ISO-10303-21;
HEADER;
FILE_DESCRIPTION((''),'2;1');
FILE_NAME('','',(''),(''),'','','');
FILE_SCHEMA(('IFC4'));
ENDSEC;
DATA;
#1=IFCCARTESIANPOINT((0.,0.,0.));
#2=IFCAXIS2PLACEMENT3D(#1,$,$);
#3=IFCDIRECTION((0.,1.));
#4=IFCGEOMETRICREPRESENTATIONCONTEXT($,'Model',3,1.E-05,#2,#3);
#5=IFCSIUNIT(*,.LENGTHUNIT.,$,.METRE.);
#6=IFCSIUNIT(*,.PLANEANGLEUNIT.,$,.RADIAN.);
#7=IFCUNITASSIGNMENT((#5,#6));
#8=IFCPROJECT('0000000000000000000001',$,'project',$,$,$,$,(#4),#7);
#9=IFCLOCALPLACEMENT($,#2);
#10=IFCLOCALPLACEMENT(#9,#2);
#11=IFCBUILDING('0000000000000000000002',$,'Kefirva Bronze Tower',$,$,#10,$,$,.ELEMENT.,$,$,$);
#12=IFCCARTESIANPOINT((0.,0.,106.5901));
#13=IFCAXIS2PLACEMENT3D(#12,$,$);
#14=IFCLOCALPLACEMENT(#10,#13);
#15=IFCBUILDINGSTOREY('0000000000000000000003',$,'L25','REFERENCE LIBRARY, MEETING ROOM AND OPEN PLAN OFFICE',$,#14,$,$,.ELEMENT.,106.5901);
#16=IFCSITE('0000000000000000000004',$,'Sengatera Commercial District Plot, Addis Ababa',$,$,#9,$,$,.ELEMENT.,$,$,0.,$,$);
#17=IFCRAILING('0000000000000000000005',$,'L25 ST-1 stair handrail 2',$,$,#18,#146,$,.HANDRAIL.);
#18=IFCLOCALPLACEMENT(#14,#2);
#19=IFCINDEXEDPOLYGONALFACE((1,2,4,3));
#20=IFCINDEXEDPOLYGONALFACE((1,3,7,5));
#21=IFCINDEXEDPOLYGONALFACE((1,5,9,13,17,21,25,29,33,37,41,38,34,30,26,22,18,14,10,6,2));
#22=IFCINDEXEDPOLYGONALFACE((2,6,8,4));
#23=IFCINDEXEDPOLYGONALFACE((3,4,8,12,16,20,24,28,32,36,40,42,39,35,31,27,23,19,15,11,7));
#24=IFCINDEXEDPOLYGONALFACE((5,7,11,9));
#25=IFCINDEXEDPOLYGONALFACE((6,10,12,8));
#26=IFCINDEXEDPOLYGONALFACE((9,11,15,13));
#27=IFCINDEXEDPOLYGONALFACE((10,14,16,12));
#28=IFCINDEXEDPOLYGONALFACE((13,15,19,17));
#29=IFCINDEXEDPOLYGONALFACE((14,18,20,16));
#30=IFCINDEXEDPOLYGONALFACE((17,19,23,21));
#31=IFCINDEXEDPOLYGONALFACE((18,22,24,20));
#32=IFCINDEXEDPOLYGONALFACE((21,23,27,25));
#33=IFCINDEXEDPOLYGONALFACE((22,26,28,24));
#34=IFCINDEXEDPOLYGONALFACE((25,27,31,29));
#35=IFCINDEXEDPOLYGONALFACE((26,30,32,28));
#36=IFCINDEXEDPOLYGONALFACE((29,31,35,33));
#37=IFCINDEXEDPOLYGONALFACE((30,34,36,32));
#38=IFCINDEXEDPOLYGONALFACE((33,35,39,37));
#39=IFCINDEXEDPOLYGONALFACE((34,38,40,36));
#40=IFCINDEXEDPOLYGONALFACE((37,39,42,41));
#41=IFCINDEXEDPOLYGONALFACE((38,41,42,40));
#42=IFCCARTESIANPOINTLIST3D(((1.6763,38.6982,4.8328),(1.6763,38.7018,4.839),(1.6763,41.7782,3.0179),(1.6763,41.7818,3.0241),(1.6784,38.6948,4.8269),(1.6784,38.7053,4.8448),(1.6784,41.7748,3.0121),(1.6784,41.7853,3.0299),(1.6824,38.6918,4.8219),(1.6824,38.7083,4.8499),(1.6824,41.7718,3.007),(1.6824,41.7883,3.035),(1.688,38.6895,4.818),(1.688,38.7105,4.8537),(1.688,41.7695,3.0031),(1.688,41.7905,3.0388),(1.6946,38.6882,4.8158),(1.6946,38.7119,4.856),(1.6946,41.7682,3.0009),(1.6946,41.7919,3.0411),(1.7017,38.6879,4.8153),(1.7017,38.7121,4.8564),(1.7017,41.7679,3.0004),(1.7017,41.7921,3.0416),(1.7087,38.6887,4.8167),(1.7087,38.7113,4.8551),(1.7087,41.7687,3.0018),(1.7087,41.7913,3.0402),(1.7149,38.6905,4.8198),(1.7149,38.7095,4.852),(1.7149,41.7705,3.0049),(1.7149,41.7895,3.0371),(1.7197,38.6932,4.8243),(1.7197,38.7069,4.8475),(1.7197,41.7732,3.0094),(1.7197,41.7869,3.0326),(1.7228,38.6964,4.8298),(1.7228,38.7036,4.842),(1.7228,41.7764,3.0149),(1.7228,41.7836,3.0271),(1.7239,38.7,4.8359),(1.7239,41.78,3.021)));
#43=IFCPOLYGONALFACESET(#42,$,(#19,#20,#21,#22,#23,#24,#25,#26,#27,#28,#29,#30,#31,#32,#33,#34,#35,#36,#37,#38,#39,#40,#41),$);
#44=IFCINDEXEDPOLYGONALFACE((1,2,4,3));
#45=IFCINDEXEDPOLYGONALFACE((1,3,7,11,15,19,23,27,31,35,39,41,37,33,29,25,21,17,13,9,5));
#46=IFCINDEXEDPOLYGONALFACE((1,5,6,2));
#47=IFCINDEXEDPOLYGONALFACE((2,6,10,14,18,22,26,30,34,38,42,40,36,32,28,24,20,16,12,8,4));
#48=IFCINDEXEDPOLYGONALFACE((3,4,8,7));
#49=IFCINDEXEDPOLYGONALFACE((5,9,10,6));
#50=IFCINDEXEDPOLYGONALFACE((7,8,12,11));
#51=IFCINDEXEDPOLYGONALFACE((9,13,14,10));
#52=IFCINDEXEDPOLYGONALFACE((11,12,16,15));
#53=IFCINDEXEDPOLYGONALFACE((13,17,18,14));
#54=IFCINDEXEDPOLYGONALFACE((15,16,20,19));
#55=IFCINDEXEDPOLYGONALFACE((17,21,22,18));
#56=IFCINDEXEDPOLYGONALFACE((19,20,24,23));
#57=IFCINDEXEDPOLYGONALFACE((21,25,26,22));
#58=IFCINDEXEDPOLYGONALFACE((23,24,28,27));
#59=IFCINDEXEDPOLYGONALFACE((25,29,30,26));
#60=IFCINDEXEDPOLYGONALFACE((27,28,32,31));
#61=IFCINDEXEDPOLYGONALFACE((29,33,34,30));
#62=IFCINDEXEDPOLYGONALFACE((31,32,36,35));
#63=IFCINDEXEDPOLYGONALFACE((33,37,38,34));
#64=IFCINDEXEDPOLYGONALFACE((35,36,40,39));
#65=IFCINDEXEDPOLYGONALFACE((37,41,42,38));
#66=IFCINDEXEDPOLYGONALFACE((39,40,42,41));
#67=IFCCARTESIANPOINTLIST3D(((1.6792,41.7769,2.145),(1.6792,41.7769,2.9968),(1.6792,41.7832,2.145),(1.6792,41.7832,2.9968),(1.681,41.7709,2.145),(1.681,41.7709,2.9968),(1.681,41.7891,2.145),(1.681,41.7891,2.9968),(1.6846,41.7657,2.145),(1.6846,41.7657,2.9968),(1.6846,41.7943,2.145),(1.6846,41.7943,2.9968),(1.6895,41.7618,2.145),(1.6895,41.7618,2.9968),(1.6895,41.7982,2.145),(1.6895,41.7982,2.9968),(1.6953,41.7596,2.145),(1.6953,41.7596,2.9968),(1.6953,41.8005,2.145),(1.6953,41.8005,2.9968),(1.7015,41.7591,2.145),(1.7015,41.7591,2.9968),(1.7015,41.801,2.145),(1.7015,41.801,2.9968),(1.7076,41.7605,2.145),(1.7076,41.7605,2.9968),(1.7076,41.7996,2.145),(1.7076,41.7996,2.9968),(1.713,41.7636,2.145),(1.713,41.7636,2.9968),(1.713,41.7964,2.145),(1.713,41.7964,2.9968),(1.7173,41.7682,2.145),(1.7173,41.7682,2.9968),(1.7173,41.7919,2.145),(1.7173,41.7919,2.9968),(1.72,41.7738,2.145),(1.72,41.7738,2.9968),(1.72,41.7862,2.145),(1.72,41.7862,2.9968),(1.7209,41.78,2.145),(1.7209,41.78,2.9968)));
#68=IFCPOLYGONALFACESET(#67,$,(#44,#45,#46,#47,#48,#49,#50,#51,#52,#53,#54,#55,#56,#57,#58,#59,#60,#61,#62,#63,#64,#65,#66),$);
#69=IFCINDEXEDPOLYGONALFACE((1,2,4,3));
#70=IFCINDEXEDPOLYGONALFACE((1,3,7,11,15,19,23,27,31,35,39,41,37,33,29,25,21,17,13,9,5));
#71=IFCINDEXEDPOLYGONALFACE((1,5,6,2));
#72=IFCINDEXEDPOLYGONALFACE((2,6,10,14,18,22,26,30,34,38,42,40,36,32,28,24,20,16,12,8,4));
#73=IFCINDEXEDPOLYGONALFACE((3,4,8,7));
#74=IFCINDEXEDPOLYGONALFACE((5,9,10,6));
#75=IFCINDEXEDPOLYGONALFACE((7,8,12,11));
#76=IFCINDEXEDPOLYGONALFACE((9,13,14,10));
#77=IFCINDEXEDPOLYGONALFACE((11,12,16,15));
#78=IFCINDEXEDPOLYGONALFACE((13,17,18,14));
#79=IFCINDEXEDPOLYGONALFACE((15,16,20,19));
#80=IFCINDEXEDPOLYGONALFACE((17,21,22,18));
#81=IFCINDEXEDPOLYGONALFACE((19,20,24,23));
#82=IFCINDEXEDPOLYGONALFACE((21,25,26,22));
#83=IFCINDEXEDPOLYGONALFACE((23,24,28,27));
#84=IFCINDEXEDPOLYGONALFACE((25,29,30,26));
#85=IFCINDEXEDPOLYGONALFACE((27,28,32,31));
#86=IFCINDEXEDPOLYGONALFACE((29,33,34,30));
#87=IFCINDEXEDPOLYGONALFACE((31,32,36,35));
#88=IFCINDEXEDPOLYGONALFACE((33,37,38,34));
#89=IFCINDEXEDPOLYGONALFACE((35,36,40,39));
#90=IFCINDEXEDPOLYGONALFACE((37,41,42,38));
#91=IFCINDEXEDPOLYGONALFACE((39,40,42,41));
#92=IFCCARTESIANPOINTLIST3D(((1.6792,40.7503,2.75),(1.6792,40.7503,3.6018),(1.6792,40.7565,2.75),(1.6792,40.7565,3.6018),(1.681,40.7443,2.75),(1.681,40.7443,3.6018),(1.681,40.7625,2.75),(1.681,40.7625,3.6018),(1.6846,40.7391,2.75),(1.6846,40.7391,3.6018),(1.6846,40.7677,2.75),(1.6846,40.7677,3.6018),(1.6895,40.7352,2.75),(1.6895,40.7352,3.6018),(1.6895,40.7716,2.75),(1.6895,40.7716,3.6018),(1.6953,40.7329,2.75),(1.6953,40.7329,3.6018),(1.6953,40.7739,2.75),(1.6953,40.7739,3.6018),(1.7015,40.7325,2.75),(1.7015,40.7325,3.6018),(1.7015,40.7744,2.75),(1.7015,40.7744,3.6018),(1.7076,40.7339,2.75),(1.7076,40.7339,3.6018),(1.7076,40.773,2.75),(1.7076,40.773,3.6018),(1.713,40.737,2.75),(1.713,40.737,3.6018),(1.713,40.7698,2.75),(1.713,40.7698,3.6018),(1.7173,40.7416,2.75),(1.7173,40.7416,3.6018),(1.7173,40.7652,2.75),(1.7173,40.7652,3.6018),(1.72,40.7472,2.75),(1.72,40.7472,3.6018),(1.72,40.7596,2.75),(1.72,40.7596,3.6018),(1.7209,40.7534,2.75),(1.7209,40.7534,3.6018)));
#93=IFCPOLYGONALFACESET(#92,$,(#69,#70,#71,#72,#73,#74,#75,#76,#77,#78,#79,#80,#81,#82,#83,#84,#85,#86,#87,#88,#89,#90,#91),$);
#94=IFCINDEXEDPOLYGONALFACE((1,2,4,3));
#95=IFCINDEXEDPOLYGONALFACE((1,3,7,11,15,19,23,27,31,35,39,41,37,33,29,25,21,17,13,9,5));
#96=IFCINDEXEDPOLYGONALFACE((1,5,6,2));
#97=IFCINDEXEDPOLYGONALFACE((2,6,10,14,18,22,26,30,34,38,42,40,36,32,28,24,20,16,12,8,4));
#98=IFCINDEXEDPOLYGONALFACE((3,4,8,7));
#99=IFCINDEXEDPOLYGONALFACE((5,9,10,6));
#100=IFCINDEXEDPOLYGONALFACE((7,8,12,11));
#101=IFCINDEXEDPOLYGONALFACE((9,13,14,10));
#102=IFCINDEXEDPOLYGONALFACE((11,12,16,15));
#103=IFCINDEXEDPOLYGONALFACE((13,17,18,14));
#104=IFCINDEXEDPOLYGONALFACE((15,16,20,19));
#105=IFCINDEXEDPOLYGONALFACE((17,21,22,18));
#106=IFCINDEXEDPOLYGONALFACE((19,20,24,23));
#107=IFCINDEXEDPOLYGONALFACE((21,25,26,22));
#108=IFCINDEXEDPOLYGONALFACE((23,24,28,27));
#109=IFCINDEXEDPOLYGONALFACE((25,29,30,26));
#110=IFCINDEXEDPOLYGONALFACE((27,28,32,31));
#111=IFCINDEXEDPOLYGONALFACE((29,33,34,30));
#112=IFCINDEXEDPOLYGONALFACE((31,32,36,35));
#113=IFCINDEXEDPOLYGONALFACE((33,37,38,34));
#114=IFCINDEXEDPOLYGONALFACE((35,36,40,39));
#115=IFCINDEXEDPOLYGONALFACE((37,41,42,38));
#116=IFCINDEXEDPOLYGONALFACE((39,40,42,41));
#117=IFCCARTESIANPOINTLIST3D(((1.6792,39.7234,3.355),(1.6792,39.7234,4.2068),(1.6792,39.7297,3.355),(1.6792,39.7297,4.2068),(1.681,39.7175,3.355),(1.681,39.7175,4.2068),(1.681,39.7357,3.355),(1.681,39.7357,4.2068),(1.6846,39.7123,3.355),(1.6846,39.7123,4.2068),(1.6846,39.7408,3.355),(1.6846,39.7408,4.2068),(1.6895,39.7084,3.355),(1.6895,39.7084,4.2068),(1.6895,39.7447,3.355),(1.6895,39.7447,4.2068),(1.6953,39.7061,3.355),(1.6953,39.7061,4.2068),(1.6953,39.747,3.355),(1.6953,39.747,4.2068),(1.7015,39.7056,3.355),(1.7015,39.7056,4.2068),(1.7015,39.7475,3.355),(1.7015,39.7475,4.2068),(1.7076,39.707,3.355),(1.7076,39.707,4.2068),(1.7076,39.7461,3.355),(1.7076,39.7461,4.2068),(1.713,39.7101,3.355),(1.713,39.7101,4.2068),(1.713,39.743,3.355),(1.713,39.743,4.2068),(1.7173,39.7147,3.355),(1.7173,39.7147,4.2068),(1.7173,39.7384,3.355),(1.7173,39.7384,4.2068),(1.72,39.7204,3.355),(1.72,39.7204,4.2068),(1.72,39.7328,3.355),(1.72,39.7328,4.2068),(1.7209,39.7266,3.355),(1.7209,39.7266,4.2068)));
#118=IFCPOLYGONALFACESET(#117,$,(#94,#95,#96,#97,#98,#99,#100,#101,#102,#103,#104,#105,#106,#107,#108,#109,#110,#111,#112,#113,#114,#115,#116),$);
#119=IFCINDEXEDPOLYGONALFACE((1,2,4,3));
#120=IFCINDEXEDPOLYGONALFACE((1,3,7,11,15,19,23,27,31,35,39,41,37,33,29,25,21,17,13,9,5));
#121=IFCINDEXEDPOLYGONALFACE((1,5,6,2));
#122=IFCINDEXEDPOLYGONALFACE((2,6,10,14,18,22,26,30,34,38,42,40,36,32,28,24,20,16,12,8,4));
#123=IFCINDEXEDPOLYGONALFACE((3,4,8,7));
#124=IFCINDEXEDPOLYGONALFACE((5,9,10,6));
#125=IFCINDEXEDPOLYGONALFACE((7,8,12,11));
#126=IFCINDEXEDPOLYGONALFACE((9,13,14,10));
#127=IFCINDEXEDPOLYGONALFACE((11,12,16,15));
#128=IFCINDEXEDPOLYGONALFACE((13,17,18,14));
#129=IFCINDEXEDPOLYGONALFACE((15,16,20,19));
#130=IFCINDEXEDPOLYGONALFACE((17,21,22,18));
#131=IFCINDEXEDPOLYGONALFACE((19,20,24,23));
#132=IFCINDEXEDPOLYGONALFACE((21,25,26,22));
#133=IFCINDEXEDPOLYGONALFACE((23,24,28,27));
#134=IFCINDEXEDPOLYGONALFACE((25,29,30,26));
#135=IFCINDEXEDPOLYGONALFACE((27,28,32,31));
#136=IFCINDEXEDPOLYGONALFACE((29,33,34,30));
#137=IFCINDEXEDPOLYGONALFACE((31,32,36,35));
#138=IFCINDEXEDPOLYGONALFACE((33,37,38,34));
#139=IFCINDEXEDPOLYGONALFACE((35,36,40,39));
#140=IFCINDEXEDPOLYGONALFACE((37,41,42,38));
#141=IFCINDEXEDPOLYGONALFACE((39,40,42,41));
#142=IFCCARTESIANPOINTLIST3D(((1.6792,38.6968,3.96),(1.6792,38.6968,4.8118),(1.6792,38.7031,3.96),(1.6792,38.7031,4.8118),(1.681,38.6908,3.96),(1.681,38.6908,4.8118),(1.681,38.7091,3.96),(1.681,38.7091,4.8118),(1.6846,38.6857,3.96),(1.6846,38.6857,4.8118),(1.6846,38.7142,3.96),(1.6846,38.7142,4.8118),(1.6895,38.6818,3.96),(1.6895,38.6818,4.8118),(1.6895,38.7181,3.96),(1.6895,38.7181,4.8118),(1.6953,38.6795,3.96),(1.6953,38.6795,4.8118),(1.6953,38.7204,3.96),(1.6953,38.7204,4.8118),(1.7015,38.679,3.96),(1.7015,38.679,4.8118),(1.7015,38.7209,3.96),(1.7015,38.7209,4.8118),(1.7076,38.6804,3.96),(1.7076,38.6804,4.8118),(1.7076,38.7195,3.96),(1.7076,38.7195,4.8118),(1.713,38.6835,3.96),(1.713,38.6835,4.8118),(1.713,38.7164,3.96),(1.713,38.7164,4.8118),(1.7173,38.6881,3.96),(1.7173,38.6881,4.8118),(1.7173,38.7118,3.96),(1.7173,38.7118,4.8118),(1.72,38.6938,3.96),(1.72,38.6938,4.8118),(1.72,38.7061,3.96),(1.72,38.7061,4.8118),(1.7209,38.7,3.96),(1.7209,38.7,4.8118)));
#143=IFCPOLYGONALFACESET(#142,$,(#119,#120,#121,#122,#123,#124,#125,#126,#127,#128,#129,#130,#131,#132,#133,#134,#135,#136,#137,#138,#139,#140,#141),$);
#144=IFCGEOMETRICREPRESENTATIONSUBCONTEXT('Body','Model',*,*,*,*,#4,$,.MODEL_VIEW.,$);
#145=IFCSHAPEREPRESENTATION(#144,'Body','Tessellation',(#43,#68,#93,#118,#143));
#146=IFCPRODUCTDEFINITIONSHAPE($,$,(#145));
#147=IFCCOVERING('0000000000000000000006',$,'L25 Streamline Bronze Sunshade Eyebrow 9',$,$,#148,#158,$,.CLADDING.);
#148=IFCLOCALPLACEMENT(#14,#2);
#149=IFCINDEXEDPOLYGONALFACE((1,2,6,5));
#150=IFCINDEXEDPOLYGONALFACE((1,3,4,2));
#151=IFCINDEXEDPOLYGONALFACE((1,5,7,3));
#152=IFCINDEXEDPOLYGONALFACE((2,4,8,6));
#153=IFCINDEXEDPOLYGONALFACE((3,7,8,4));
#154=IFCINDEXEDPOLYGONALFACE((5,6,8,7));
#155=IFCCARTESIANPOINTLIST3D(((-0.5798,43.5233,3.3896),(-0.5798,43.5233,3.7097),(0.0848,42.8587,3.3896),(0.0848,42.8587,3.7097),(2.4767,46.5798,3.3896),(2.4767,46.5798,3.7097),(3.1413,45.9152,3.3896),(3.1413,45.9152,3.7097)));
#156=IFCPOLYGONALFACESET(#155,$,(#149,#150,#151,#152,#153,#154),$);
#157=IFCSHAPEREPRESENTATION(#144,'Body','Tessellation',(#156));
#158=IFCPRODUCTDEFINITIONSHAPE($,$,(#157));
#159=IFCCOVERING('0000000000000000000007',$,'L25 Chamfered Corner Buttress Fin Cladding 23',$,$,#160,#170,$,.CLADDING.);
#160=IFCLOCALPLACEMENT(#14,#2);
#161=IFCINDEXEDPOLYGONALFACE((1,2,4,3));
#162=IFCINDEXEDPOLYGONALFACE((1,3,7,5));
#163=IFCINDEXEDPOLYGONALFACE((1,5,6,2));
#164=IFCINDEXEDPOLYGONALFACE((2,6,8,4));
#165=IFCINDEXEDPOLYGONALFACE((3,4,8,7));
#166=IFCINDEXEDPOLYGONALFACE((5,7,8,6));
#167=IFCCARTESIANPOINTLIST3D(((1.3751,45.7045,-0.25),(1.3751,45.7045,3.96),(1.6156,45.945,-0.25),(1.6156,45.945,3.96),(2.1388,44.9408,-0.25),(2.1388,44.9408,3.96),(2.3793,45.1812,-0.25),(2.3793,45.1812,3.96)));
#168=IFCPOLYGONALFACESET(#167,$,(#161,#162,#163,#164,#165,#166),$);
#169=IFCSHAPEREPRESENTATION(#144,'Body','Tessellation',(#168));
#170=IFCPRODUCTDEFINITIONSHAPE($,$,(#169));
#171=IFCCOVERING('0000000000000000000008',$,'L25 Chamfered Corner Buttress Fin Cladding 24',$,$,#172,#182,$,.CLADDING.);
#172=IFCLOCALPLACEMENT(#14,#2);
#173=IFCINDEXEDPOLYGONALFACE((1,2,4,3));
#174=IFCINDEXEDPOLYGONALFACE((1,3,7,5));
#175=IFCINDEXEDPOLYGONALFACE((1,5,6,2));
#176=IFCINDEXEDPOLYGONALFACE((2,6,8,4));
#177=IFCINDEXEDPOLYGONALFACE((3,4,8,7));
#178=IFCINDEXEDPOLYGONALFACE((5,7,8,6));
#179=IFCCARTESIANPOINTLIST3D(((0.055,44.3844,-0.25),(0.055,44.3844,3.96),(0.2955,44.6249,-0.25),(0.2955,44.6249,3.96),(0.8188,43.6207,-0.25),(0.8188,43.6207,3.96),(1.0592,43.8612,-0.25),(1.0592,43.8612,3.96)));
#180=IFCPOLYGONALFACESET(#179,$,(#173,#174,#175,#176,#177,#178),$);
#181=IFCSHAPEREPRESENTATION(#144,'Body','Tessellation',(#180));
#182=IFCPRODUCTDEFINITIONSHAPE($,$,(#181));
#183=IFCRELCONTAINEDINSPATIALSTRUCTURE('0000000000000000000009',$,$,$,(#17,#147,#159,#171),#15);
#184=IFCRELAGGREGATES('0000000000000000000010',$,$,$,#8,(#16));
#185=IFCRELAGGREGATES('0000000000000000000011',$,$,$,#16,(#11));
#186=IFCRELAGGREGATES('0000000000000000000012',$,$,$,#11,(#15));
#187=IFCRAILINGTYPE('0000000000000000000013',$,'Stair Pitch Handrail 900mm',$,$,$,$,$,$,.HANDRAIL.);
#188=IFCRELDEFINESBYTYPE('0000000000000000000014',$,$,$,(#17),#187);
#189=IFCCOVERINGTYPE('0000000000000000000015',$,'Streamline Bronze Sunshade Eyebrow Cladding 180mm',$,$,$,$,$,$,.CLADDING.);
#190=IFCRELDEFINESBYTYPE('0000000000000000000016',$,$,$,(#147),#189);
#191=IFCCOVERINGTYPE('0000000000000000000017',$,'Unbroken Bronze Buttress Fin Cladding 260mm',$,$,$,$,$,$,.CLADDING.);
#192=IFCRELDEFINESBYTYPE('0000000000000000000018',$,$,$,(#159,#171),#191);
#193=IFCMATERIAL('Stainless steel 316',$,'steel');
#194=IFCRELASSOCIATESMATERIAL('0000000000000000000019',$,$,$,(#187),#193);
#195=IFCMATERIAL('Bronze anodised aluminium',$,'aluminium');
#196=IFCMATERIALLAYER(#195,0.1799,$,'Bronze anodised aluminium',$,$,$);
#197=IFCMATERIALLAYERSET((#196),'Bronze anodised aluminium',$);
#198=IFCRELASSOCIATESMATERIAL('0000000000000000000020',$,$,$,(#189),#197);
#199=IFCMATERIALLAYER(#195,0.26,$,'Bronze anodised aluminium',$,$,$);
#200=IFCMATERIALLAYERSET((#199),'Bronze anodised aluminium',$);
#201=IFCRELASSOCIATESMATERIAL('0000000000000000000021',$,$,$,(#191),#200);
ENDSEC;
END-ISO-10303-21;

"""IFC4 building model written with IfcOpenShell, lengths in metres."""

from ifc_helpers import new_model, si_unit, direction, frame, origin, origin_2d, place, context, subcontext, project, spatial, rectangle, circle, extrude, material, layer, layer_set, type_object, element, save


model = new_model("IFC4")

# Units and contexts
model_context = context("Model", 3, precision=1e-05, world=origin(), true_north=direction((0.0, 1.0)))
body_context = subcontext(model_context, "Body", "Model", "MODEL_VIEW")
ifc_project = project(units=[si_unit("LENGTHUNIT", "METRE"), si_unit("PLANEANGLEUNIT", "RADIAN")], contexts=[model_context])

# Site, building, storey
site_placement = place(None, origin())
site = spatial("IfcSite", under=ifc_project, at=site_placement, Name="Sengatera Commercial District Plot, Addis Ababa", CompositionType="ELEMENT", RefElevation=0.0)
building_placement = place(site_placement, origin())
building = spatial("IfcBuilding", under=site, at=building_placement, Name="Kefirva Bronze Tower", CompositionType="ELEMENT")
storey_placement = place(building_placement, frame((0.0, 0.0, 106.5901)))
storey = spatial("IfcBuildingStorey", under=building, at=storey_placement, Name="L25", Description="REFERENCE LIBRARY, MEETING ROOM AND OPEN PLAN OFFICE", CompositionType="ELEMENT", Elevation=106.5901)

# Shared definitions
ifc_material_1 = material(Name="Bronze anodised aluminium", Category="aluminium")

# Railing
ifc_material_2 = material(Name="Stainless steel 316", Category="steel")
railing_type_1 = type_object("IfcRailingType", Name="Stair Pitch Handrail 900mm", PredefinedType="HANDRAIL", material=ifc_material_2)
railing_1_placement = place(storey_placement, frame((1.7, 41.78, 2.145)))
element("IfcRailing", 1, at=railing_1_placement, inside=storey, type_object=railing_type_1, Name="L25 ST-1 stair handrail 2", PredefinedType="HANDRAIL", context=body_context, shape_type="SweptSolid", body=[
    extrude(circle(Radius=0.0239, at=origin_2d()), frame((0.0, 0.0, 0.876), z_axis=(0.0, -0.861551, 0.507671), x_axis=(1.0, 0.0, 0.0)), (0.0, 0.0, 1.0), 3.575),
    extrude(circle(Radius=0.021, at=origin_2d()), origin(), (0.0, 0.0, 1.0), 0.8518),
    extrude(circle(Radius=0.021, at=origin_2d()), frame((0.0, -1.0266, 0.605)), (0.0, 0.0, 1.0), 0.8518),
    extrude(circle(Radius=0.021, at=origin_2d()), frame((0.0, -2.0535, 1.21)), (0.0, 0.0, 1.0), 0.8518),
    extrude(circle(Radius=0.021, at=origin_2d()), frame((0.0, -3.0801, 1.8149)), (0.0, 0.0, 1.0), 0.8518),
])

# Coverings
ifc_layer_1 = layer(ifc_material_1, 0.1799, Name="Bronze anodised aluminium")
ifc_layer_set_1 = layer_set([ifc_layer_1], Name="Bronze anodised aluminium")
covering_type_1 = type_object("IfcCoveringType", Name="Streamline Bronze Sunshade Eyebrow Cladding 180mm", PredefinedType="CLADDING", material=ifc_layer_set_1)
covering_1_placement = place(storey_placement, frame((1.2808, 44.7192, 3.3896), z_axis=(0.0, 0.0, 1.0), x_axis=(-0.707107, -0.707107, 0.0)))
element("IfcCovering", 2, at=covering_1_placement, inside=storey, type_object=covering_type_1, Name="L25 Streamline Bronze Sunshade Eyebrow 9", PredefinedType="CLADDING", context=body_context, shape_type="SweptSolid", body=[
    extrude(rectangle(XDim=4.3225, YDim=0.9399, at=origin_2d()), origin(), (0.0, 0.0, 1.0), 0.3201),
])
ifc_layer_2 = layer(ifc_material_1, 0.26, Name="Bronze anodised aluminium")
ifc_layer_set_2 = layer_set([ifc_layer_2], Name="Bronze anodised aluminium")
covering_type_2 = type_object("IfcCoveringType", Name="Unbroken Bronze Buttress Fin Cladding 260mm", PredefinedType="CLADDING", material=ifc_layer_set_2)
for number, where, z_axis, x_axis, name in (
    (3, (1.8772, 45.4429, -0.25), (0.0, 0.0, 1.0), (-0.707107, -0.707107, 0.0), "L25 Chamfered Corner Buttress Fin Cladding 23"),
    (4, (0.5571, 44.1228, -0.25), (0.0, 0.0, 1.0), (-0.707107, -0.707107, 0.0), "L25 Chamfered Corner Buttress Fin Cladding 24"),
):
    element("IfcCovering", number, at=place(storey_placement, frame(where, z_axis=z_axis, x_axis=x_axis)), inside=storey, type_object=covering_type_2, Name=name, PredefinedType="CLADDING", context=body_context, shape_type="SweptSolid", body=[
        extrude(rectangle(XDim=0.3401, YDim=1.0801, at=origin_2d()), origin(), (0.0, 0.0, 1.0), 4.21),
    ])

save(model, "model.ifc")
